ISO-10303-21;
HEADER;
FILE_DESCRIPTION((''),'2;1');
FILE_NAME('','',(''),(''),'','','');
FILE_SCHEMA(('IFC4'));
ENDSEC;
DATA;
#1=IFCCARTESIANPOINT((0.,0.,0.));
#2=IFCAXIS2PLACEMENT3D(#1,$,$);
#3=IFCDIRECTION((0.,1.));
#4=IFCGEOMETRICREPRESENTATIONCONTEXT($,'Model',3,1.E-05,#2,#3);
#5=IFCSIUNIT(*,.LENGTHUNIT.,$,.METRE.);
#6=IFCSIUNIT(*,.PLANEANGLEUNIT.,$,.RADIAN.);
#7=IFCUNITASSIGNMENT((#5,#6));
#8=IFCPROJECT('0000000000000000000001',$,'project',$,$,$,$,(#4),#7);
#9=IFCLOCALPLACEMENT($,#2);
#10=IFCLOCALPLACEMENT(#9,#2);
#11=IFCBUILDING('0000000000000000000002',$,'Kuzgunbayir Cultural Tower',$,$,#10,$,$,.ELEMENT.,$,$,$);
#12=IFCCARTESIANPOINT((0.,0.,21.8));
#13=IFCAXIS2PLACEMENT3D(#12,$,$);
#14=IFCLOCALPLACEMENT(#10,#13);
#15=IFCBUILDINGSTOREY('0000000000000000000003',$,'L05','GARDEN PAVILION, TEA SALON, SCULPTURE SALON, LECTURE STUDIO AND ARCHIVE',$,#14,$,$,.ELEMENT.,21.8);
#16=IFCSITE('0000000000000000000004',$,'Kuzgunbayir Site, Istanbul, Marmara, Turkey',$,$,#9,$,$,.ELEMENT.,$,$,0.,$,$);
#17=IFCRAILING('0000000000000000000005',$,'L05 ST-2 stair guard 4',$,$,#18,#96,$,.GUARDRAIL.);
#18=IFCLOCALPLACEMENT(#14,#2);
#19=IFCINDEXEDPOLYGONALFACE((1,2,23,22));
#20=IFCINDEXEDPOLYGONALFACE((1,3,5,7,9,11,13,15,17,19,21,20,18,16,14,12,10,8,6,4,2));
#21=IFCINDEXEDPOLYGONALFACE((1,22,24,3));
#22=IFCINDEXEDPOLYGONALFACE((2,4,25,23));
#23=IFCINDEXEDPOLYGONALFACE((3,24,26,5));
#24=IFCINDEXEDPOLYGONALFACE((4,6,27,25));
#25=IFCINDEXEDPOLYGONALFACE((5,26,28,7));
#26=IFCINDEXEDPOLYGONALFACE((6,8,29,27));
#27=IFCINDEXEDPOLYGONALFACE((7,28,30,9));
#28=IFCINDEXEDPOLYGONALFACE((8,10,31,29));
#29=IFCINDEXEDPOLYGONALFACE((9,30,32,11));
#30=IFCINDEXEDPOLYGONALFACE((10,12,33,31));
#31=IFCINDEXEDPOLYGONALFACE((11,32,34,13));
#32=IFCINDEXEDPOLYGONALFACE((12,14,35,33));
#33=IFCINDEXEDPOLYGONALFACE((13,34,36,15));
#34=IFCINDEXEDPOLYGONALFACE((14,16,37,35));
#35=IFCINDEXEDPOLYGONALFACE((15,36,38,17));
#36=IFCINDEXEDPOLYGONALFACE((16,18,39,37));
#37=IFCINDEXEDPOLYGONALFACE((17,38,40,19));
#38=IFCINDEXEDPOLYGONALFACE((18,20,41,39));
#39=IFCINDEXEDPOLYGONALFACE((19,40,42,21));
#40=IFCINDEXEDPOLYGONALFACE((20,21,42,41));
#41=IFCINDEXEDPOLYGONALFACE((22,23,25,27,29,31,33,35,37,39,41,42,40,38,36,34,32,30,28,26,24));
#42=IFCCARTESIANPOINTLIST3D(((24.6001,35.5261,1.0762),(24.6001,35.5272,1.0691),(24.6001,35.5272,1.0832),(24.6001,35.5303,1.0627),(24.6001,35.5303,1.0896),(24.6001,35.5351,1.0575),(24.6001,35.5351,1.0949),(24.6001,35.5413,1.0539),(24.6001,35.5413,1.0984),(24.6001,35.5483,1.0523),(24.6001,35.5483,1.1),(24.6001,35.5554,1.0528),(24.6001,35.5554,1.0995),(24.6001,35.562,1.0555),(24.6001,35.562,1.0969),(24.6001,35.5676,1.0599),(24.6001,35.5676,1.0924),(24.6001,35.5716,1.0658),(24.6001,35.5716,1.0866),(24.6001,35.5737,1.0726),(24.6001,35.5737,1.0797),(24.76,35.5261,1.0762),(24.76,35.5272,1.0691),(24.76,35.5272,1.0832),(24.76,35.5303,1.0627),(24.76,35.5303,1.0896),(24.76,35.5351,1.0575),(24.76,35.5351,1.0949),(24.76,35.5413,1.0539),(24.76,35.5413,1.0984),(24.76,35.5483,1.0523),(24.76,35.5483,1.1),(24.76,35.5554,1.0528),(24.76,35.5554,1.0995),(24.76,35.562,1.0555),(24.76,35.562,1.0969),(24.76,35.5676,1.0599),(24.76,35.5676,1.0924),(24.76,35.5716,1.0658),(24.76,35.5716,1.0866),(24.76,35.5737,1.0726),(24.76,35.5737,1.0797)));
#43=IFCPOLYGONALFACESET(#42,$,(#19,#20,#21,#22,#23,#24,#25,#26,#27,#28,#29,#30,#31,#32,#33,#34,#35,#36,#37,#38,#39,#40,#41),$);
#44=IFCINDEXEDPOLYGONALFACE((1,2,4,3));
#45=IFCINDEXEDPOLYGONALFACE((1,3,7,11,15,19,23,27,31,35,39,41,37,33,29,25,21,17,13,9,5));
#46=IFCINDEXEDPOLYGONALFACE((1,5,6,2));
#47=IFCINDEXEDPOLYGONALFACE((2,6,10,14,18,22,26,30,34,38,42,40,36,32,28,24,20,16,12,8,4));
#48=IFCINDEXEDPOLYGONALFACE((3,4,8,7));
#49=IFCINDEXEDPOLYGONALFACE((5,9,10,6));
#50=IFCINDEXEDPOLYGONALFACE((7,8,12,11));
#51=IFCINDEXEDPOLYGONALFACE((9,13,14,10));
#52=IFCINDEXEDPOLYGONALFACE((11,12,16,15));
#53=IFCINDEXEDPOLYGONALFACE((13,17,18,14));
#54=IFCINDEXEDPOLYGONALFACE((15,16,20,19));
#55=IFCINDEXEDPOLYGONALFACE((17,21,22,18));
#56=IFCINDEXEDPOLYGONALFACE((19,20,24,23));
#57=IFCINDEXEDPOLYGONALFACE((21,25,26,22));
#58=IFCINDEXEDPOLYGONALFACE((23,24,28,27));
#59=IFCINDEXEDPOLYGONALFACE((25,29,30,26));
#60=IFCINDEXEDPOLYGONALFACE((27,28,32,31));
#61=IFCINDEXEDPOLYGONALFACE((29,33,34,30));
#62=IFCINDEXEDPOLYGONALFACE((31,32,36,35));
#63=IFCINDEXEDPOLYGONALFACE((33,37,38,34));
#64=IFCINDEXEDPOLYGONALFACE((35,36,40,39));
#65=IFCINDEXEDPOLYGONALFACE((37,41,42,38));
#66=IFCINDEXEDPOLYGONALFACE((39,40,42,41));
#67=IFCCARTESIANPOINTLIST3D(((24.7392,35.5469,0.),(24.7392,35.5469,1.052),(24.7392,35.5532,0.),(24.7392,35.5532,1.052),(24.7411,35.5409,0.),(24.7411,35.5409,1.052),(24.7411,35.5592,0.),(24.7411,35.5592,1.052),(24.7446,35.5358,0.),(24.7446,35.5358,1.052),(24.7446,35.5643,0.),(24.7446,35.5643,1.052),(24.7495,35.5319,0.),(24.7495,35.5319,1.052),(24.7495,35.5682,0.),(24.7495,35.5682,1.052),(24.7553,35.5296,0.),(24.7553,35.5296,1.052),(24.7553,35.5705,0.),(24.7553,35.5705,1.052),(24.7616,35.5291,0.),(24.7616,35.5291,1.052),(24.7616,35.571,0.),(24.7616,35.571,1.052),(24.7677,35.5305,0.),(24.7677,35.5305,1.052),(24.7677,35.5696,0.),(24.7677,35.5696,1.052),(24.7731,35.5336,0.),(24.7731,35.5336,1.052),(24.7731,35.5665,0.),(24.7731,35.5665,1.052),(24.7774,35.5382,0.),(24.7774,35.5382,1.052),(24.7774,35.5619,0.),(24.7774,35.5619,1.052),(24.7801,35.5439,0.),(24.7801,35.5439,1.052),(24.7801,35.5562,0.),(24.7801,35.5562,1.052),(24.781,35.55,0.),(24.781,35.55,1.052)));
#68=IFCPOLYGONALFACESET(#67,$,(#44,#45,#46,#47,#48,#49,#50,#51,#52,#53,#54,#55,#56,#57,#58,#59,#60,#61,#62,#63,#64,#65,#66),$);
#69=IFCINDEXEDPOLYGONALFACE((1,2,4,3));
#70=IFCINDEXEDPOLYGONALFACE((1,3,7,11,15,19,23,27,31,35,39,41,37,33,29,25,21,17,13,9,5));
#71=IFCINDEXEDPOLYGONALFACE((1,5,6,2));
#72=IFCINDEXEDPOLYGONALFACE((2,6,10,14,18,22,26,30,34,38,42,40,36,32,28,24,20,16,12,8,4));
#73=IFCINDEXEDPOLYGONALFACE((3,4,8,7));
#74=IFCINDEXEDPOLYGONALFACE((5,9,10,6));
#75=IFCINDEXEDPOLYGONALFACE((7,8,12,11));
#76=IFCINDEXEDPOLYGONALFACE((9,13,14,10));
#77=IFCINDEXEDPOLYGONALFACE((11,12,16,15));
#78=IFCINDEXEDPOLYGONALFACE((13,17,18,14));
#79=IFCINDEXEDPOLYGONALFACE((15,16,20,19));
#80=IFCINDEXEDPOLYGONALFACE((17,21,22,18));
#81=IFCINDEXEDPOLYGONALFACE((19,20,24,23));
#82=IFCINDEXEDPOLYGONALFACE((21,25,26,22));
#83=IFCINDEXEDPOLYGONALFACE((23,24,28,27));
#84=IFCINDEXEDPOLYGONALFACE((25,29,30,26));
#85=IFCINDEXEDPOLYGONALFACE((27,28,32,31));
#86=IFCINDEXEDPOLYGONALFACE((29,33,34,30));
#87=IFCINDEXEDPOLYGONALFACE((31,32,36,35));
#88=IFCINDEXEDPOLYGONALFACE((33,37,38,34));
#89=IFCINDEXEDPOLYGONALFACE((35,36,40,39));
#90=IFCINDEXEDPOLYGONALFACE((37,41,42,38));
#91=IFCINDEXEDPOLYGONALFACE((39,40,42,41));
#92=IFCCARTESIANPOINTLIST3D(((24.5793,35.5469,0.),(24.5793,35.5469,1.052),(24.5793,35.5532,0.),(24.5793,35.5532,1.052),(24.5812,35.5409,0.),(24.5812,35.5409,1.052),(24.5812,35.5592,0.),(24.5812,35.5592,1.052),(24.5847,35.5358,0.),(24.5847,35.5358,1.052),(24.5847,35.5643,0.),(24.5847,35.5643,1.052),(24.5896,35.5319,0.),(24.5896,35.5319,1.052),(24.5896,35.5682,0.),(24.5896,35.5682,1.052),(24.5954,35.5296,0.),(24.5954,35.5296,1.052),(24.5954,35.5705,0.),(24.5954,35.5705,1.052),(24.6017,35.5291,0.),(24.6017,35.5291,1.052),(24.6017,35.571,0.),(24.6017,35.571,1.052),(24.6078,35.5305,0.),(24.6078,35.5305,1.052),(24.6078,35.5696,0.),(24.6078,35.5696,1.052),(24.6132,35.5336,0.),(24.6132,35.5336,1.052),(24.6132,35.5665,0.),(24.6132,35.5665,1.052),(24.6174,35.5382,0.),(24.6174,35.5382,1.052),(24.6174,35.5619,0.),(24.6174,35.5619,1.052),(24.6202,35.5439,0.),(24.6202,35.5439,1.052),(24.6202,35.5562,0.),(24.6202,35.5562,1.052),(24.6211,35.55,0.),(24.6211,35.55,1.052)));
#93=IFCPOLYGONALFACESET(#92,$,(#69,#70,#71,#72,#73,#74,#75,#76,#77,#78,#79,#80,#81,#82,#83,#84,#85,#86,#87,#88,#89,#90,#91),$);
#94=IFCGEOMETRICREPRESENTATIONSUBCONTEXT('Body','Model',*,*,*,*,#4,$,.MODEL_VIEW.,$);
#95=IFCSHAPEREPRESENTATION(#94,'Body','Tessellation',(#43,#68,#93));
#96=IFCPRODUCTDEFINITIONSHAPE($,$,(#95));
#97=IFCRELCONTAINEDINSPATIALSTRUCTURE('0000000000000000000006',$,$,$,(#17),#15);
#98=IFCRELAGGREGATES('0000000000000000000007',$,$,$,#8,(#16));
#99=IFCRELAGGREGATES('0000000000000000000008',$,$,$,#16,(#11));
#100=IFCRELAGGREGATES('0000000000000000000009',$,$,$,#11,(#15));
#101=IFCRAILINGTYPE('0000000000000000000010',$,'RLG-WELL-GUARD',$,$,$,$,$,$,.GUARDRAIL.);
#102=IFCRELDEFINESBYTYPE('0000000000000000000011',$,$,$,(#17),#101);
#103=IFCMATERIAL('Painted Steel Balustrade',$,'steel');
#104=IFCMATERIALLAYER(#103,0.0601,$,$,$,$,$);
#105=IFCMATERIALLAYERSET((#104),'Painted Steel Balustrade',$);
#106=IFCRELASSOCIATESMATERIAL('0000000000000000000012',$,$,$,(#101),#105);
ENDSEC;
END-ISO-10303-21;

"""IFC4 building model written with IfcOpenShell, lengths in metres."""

from ifc_helpers import new_model, si_unit, direction, frame, origin, origin_2d, place, context, subcontext, project, spatial, circle, extrude, material, layer, layer_set, type_object, element, save


model = new_model("IFC4")

# Units and contexts
model_context = context("Model", 3, precision=1e-05, world=origin(), true_north=direction((0.0, 1.0)))
body_context = subcontext(model_context, "Body", "Model", "MODEL_VIEW")
ifc_project = project(units=[si_unit("LENGTHUNIT", "METRE"), si_unit("PLANEANGLEUNIT", "RADIAN")], contexts=[model_context])

# Site, building, storey
site_placement = place(None, origin())
site = spatial("IfcSite", under=ifc_project, at=site_placement, Name="Kuzgunbayir Site, Istanbul, Marmara, Turkey", CompositionType="ELEMENT", RefElevation=0.0)
building_placement = place(site_placement, origin())
building = spatial("IfcBuilding", under=site, at=building_placement, Name="Kuzgunbayir Cultural Tower", CompositionType="ELEMENT")
storey_placement = place(building_placement, frame((0.0, 0.0, 21.8)))
storey = spatial("IfcBuildingStorey", under=building, at=storey_placement, Name="L05", Description="GARDEN PAVILION, TEA SALON, SCULPTURE SALON, LECTURE STUDIO AND ARCHIVE", CompositionType="ELEMENT", Elevation=21.8)

# Railing
ifc_material_1 = material(Name="Painted Steel Balustrade", Category="steel")
ifc_layer_1 = layer(ifc_material_1, 0.0601)
ifc_layer_set_1 = layer_set([ifc_layer_1], Name="Painted Steel Balustrade")
railing_type_1 = type_object("IfcRailingType", Name="RLG-WELL-GUARD", PredefinedType="GUARDRAIL", material=ifc_layer_set_1)
railing_1_placement = place(storey_placement, frame((24.76, 35.55, 0.0)))
element("IfcRailing", 1, at=railing_1_placement, inside=storey, type_object=railing_type_1, Name="L05 ST-2 stair guard 4", PredefinedType="GUARDRAIL", context=body_context, shape_type="SweptSolid", body=[
    extrude(circle(Radius=0.0239, at=origin_2d()), frame((0.0, 0.0, 1.0762), z_axis=(-1.0, 0.0, 0.0), x_axis=(0.0, -1.0, 0.0)), (0.0, 0.0, 1.0), 0.1599),
    extrude(circle(Radius=0.021, at=origin_2d()), origin(), (0.0, 0.0, 1.0), 1.052),
    extrude(circle(Radius=0.021, at=origin_2d()), frame((-0.1599, 0.0, 0.0)), (0.0, 0.0, 1.0), 1.052),
])

save(model, "model.ifc")
